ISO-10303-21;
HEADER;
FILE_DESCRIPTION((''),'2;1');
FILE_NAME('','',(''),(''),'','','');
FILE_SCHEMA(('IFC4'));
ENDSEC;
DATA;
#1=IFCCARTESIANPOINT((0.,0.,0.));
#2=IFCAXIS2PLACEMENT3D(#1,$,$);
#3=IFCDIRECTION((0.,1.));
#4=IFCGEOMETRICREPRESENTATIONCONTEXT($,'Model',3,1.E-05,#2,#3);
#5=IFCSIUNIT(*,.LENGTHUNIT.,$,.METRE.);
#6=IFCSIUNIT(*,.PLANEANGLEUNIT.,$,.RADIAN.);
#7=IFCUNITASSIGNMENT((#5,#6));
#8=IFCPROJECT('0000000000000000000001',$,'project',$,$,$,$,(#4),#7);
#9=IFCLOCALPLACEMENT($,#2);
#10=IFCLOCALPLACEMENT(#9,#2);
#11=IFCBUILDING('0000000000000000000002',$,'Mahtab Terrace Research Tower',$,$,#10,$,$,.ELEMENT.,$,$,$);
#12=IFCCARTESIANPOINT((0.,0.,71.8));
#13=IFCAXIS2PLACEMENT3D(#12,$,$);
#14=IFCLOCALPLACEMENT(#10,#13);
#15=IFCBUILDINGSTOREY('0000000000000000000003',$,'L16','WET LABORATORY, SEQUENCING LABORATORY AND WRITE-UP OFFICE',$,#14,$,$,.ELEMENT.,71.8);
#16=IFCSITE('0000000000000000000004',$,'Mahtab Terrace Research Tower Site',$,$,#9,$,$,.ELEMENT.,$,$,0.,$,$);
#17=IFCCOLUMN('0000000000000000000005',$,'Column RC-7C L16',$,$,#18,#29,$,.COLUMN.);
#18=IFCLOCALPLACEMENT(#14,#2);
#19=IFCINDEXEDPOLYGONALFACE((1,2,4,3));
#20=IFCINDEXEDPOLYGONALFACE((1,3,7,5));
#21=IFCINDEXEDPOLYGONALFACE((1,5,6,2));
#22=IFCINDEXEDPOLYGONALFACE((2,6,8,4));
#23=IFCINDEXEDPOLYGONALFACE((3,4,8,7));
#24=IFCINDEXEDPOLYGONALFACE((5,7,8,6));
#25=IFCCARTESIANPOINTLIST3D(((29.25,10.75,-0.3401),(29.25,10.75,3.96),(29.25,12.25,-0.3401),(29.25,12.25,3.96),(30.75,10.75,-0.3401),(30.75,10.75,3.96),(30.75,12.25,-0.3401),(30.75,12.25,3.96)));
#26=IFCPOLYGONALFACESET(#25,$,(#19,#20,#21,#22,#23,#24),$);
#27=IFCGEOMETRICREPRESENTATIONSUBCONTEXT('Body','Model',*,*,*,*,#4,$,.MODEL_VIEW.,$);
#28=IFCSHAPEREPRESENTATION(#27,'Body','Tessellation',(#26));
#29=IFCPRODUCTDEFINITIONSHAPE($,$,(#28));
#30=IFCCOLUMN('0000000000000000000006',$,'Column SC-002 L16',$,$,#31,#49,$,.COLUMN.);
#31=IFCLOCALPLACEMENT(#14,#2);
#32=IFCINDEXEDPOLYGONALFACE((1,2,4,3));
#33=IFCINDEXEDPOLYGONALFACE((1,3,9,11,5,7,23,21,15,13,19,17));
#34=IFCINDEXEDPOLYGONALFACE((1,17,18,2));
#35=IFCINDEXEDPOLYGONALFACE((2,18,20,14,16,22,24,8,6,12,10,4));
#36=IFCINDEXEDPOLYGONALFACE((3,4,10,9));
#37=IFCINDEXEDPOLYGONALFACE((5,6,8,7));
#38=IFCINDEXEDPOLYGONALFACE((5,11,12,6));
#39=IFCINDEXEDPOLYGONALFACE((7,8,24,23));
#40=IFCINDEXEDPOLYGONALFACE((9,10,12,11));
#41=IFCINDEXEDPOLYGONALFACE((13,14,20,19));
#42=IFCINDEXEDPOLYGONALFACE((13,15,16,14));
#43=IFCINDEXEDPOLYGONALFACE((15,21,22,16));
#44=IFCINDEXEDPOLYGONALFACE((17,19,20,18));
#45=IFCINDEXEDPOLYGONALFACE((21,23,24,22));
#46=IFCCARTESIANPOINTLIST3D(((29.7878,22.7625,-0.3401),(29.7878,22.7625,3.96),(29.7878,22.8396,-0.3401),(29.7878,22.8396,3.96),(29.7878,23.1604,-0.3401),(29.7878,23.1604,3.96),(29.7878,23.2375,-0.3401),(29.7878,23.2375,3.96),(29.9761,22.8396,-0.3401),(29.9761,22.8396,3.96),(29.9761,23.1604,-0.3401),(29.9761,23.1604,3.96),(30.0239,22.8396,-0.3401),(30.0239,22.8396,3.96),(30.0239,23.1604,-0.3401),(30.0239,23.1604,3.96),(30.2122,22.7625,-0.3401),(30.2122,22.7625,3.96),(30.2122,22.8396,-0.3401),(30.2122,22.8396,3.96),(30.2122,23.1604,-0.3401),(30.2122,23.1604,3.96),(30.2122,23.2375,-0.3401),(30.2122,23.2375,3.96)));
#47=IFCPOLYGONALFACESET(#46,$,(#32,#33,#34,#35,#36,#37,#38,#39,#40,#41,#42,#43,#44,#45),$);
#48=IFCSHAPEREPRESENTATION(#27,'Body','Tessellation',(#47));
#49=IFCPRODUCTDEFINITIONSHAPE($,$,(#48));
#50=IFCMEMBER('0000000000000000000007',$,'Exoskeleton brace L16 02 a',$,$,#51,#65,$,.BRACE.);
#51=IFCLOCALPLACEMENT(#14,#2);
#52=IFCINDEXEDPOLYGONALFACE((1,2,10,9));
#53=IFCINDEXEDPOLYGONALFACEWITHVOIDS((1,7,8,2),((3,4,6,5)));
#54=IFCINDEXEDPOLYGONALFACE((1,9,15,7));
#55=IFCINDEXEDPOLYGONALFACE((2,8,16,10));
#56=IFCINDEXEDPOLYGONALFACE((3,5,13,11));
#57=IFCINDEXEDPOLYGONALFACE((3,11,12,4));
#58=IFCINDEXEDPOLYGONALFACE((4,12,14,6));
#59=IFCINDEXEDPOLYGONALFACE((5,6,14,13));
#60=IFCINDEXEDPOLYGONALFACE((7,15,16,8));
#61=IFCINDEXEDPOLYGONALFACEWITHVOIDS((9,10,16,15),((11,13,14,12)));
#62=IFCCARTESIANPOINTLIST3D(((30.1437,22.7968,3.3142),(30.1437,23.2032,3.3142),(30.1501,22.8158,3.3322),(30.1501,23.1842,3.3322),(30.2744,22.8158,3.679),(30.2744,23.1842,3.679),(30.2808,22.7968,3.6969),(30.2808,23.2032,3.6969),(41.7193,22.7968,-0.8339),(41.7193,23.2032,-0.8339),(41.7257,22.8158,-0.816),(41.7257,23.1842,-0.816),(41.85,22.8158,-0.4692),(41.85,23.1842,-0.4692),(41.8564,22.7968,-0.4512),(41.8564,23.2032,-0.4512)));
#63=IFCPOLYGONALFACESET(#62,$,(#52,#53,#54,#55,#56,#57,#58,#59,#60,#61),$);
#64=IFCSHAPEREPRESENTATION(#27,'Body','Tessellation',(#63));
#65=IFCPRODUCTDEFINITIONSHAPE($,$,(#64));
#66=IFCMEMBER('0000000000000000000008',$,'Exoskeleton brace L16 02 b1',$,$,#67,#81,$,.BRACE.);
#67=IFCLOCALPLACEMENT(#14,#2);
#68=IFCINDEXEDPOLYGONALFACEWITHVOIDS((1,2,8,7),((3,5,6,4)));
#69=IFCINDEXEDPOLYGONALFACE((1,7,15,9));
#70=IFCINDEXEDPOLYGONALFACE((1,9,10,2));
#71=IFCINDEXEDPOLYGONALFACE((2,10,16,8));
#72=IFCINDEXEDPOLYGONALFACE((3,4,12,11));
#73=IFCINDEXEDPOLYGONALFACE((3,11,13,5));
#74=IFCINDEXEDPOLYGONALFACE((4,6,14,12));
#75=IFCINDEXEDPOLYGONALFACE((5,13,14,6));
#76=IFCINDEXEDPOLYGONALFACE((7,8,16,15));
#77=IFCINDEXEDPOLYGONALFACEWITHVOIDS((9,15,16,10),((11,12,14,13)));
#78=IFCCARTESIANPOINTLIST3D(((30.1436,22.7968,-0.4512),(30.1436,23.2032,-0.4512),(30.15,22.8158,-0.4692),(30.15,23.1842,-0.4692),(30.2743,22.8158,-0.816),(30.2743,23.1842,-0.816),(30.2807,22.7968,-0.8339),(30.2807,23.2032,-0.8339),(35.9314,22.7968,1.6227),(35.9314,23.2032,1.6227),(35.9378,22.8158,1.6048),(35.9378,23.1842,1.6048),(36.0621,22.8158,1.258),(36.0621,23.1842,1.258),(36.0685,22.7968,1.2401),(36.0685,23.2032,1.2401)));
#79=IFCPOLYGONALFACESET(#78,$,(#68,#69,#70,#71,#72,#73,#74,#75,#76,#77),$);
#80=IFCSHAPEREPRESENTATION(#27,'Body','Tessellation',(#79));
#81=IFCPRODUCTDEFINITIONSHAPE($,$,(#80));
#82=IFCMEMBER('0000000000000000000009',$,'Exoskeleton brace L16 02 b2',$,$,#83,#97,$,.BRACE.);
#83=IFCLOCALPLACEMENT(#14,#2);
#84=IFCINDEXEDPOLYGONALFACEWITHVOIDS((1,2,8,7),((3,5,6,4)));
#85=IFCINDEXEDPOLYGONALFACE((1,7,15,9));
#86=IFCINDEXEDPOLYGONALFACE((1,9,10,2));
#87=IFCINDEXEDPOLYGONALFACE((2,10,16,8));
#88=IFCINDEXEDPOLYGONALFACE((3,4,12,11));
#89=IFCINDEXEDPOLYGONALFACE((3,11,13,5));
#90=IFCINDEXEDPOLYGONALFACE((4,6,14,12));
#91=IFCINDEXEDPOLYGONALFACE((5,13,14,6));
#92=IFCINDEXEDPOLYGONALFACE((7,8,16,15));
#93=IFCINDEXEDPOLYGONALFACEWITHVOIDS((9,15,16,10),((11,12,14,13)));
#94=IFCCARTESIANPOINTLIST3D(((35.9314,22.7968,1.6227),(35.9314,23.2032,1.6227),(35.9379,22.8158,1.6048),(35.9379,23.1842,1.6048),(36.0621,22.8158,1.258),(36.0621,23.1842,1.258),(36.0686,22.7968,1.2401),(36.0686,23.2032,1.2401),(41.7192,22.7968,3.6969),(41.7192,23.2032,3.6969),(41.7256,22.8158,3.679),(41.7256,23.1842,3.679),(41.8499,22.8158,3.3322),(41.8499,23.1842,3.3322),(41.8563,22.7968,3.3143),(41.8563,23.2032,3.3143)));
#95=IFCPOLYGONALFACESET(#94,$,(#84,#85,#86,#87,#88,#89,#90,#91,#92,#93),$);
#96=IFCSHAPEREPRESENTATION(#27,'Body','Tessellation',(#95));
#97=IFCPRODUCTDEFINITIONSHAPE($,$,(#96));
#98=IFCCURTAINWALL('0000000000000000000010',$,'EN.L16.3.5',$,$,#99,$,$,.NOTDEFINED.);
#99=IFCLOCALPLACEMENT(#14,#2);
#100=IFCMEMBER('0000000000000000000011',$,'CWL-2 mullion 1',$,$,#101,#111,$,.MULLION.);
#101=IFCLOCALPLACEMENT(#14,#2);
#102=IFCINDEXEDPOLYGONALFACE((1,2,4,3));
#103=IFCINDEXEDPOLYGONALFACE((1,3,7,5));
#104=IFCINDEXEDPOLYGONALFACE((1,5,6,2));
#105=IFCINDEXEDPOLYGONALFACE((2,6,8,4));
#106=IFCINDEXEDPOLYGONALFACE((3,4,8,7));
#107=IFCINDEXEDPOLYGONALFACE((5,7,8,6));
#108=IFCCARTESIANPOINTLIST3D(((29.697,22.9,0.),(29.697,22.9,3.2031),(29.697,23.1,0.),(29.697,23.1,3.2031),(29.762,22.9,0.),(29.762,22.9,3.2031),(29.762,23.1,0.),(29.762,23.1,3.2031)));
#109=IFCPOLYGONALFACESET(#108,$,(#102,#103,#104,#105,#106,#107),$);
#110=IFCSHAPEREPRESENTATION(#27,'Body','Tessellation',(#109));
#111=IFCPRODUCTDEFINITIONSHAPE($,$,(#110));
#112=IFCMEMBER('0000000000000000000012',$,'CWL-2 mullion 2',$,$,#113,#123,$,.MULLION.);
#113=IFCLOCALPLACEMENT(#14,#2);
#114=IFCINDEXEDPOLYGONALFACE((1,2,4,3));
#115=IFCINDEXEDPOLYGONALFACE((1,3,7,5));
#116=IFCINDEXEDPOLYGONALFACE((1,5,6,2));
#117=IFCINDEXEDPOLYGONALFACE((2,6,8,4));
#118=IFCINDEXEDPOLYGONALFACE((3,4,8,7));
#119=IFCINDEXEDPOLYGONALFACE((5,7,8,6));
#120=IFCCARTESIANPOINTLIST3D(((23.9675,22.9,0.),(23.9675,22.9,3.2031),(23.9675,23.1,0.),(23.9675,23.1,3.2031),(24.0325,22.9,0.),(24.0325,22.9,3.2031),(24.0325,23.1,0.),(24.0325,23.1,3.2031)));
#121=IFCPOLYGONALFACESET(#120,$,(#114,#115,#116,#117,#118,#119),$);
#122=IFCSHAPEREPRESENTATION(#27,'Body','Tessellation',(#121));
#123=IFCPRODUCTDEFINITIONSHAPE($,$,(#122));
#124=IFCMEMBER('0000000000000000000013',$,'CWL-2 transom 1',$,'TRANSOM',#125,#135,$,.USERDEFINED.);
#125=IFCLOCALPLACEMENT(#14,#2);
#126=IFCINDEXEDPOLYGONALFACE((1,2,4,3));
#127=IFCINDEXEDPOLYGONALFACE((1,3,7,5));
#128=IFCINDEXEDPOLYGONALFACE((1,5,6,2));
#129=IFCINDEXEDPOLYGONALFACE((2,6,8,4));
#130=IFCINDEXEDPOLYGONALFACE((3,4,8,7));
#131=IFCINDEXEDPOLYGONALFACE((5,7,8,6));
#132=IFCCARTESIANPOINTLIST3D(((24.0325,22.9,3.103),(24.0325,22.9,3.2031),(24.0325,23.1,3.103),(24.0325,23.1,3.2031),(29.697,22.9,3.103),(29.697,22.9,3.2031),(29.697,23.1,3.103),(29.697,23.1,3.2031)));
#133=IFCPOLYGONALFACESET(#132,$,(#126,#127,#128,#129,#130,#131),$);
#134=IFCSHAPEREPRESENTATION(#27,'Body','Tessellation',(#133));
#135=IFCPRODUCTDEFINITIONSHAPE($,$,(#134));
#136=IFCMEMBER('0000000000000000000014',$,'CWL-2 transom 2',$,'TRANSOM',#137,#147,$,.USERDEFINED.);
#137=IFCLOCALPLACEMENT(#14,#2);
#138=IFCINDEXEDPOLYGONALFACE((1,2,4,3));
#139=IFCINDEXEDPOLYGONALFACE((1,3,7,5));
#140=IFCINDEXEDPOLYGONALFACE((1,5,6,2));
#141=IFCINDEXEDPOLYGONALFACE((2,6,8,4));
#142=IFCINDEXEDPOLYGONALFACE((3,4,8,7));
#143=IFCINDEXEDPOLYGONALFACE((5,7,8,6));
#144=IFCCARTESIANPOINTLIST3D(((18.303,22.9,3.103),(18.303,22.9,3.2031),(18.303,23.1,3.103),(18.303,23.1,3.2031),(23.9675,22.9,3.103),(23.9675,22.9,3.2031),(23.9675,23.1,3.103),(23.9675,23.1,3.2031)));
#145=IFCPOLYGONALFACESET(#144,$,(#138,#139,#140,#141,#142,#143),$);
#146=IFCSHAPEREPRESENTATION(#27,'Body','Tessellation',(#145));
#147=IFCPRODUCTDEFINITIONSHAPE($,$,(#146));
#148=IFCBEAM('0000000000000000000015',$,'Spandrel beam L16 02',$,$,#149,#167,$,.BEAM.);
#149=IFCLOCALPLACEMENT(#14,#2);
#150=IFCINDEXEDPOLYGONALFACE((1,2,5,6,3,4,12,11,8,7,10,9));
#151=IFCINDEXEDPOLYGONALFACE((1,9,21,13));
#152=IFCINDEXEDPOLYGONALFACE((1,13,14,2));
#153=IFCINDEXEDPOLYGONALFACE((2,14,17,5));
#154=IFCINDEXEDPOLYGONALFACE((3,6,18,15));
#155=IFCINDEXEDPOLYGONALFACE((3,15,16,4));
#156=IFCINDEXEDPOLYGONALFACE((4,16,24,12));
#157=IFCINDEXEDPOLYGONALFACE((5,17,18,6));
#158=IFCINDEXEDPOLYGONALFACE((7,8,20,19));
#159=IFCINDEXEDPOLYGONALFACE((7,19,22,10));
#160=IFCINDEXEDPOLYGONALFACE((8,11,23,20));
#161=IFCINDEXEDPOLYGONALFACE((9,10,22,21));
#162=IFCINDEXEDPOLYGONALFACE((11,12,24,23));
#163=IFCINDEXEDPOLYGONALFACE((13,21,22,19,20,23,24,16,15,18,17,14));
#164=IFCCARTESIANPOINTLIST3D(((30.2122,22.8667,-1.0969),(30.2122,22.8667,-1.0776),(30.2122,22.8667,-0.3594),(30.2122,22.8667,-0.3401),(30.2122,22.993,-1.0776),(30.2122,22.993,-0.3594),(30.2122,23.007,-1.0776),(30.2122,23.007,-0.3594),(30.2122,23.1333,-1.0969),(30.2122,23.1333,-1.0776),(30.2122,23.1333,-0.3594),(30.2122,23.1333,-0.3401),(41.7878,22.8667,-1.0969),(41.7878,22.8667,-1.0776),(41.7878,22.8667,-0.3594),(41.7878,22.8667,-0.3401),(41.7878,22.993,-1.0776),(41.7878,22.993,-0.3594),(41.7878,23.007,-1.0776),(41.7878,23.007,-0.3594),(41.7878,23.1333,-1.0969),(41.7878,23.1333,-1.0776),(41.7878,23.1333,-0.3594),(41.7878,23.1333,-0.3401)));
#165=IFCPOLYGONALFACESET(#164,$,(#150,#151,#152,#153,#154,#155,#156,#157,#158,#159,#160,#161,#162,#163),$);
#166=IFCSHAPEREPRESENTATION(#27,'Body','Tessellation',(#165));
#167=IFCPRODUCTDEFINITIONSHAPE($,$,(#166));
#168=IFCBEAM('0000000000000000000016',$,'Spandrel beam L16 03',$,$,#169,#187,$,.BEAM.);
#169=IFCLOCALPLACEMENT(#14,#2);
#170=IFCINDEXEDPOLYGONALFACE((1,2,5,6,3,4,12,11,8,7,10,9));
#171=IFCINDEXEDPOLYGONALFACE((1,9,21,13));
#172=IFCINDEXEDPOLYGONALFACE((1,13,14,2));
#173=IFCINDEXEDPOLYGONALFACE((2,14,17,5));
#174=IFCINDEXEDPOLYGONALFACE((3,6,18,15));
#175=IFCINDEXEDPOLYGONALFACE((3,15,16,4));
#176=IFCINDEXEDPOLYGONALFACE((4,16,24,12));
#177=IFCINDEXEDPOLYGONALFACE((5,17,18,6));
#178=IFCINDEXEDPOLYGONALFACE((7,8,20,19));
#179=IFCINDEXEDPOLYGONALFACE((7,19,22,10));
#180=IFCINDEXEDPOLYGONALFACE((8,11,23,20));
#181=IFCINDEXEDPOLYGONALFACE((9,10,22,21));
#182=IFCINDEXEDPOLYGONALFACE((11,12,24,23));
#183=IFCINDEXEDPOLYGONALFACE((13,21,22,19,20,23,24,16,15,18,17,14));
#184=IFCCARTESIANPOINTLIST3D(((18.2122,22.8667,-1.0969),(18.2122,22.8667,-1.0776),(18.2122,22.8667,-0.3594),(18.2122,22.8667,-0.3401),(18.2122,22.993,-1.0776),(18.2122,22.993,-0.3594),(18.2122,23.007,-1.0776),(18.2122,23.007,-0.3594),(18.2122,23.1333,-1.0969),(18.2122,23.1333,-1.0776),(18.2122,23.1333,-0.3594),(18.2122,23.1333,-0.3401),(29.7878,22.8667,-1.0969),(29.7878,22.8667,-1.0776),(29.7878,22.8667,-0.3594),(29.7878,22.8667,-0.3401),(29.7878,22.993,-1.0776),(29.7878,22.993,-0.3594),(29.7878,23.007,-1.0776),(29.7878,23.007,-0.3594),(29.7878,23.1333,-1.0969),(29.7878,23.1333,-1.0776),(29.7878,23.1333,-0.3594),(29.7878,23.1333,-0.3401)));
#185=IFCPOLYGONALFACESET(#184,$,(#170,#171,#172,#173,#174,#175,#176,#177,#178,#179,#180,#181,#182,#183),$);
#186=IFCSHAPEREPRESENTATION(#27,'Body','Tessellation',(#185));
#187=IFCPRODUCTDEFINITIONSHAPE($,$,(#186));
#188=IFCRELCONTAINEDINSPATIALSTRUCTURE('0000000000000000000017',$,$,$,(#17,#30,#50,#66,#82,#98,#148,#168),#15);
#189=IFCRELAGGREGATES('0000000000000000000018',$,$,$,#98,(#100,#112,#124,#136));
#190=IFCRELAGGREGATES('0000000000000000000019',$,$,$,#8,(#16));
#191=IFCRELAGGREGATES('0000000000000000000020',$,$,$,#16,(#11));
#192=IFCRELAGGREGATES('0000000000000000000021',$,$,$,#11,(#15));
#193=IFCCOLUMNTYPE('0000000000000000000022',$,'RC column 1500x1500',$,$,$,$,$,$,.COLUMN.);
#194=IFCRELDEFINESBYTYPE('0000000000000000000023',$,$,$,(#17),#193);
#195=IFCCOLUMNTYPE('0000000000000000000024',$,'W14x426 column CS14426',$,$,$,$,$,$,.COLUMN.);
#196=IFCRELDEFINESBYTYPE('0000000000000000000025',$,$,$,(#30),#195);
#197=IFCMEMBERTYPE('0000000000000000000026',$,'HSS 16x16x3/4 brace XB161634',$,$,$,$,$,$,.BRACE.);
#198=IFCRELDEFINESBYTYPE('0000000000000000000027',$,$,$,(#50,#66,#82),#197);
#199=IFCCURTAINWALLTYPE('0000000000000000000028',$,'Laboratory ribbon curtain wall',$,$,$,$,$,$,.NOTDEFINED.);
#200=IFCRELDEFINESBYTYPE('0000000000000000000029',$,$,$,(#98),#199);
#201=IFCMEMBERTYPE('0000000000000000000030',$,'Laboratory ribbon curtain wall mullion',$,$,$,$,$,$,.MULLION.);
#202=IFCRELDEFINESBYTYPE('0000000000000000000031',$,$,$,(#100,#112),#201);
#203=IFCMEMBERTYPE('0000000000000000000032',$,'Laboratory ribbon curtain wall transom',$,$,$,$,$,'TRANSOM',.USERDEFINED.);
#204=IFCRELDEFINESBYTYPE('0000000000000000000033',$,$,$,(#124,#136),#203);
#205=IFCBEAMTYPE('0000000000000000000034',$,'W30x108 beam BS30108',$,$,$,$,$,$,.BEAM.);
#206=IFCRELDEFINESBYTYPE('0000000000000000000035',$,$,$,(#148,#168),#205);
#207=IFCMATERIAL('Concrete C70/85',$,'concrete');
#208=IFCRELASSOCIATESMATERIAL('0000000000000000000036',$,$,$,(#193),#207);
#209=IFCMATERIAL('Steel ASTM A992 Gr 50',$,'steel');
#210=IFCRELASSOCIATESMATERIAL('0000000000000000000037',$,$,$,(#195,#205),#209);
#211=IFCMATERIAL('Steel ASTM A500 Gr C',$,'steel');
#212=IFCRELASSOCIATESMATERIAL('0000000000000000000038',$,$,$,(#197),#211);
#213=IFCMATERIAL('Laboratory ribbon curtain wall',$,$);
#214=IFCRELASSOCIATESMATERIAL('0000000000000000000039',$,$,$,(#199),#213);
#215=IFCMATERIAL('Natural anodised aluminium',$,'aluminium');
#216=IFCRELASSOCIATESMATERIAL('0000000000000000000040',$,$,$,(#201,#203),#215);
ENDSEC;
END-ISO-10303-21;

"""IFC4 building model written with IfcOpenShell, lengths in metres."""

from ifc_helpers import new_model, si_unit, direction, frame, origin, origin_2d, place, context, subcontext, project, spatial, rectangle, hollow_rectangle, i_section, extrude, material, material_profile, profile_set, type_object, element, aggregate, save


model = new_model("IFC4")

# Units and contexts
model_context = context("Model", 3, precision=1e-05, world=origin(), true_north=direction((0.0, 1.0)))
body_context = subcontext(model_context, "Body", "Model", "MODEL_VIEW")
ifc_project = project(units=[si_unit("LENGTHUNIT", "METRE"), si_unit("PLANEANGLEUNIT", "RADIAN")], contexts=[model_context])

# Site, building, storey
site_placement = place(None, origin())
site = spatial("IfcSite", under=ifc_project, at=site_placement, Name="Mahtab Terrace Research Tower Site", CompositionType="ELEMENT", RefElevation=0.0)
building_placement = place(site_placement, origin())
building = spatial("IfcBuilding", under=site, at=building_placement, Name="Mahtab Terrace Research Tower", CompositionType="ELEMENT")
storey_placement = place(building_placement, frame((0.0, 0.0, 71.8)))
storey = spatial("IfcBuildingStorey", under=building, at=storey_placement, Name="L16", Description="WET LABORATORY, SEQUENCING LABORATORY AND WRITE-UP OFFICE", CompositionType="ELEMENT", Elevation=71.8)

# Columns
ifc_material_1 = material(Name="Concrete C70/85", Category="concrete")
ifc_material_profile_1 = material_profile(ifc_material_1, rectangle(XDim=1.5, YDim=1.5, at=origin_2d()), Name="RC column 1500x1500")
ifc_profile_set_1 = profile_set([ifc_material_profile_1], Name="Concrete C70/85")
column_type_1 = type_object("IfcColumnType", Name="RC column 1500x1500", PredefinedType="COLUMN", material=ifc_profile_set_1)
column_1_placement = place(storey_placement, frame((30.0, 11.5, -0.3401), z_axis=(0.0, 0.0, 1.0), x_axis=(1.0, 0.0, 0.0)))
element("IfcColumn", 1, at=column_1_placement, inside=storey, type_object=column_type_1, Name="Column RC-7C L16", PredefinedType="COLUMN", context=body_context, shape_type="SweptSolid", body=[
    extrude(rectangle(XDim=1.5, YDim=1.5, at=origin_2d()), origin(), (0.0, 0.0, 1.0), 4.3),
])
ifc_material_2 = material(Name="Steel ASTM A992 Gr 50", Category="steel")
ifc_material_profile_2 = material_profile(ifc_material_2, i_section(OverallWidth=0.4243, OverallDepth=0.4751, WebThickness=0.0479, FlangeThickness=0.0771, at=origin_2d()), Name="W14X426")
ifc_profile_set_2 = profile_set([ifc_material_profile_2], Name="Steel ASTM A992 Gr 50")
column_type_2 = type_object("IfcColumnType", Name="W14x426 column CS14426", PredefinedType="COLUMN", material=ifc_profile_set_2)
column_2_placement = place(storey_placement, frame((30.0, 23.0, -0.3401), z_axis=(0.0, 0.0, 1.0), x_axis=(1.0, 0.0, 0.0)))
element("IfcColumn", 2, at=column_2_placement, inside=storey, type_object=column_type_2, Name="Column SC-002 L16", PredefinedType="COLUMN", context=body_context, shape_type="SweptSolid", body=[
    extrude(i_section(OverallWidth=0.4243, OverallDepth=0.4751, WebThickness=0.0479, FlangeThickness=0.0771, at=origin_2d()), origin(), (0.0, 0.0, 1.0), 4.3),
])

# Members
ifc_material_3 = material(Name="Steel ASTM A500 Gr C", Category="steel")
ifc_material_profile_3 = material_profile(ifc_material_3, hollow_rectangle(XDim=0.4065, YDim=0.4065, WallThickness=0.019, at=origin_2d()), Name="HSS16X16X3/4")
ifc_profile_set_3 = profile_set([ifc_material_profile_3], Name="Steel ASTM A500 Gr C")
member_type_1 = type_object("IfcMemberType", Name="HSS 16x16x3/4 brace XB161634", PredefinedType="BRACE", material=ifc_profile_set_3)
member_1_placement = place(storey_placement, frame((41.7878, 23.0, -0.6426), z_axis=(-0.94138, 0.0, 0.337347), x_axis=(0.0, -1.0, 0.0)))
element("IfcMember", 3, at=member_1_placement, inside=storey, type_object=member_type_1, Name="Exoskeleton brace L16 02 a", PredefinedType="BRACE", context=body_context, shape_type="SweptSolid", body=[
    extrude(hollow_rectangle(XDim=0.4065, YDim=0.4065, WallThickness=0.019, at=origin_2d()), origin(), (0.0, 0.0, 1.0), 12.2964),
])
for number, where, z_axis, x_axis, name in (
    (4, (30.2122, 23.0, -0.6426), (0.941387, 0.0, 0.33733), (0.0, 1.0, 0.0), "Exoskeleton brace L16 02 b1"),
    (5, (36.0, 23.0, 1.4314), (0.941374, 0.0, 0.337365), (0.0, 1.0, 0.0), "Exoskeleton brace L16 02 b2"),
):
    element("IfcMember", number, at=place(storey_placement, frame(where, z_axis=z_axis, x_axis=x_axis)), inside=storey, type_object=member_type_1, Name=name, PredefinedType="BRACE", context=body_context, shape_type="SweptSolid", body=[
        extrude(hollow_rectangle(XDim=0.4065, YDim=0.4065, WallThickness=0.019, at=origin_2d()), origin(), (0.0, 0.0, 1.0), 6.1482),
    ])

# Curtain wall, members
ifc_material_4 = material(Name="Laboratory ribbon curtain wall")
curtain_wall_type = type_object("IfcCurtainWallType", Name="Laboratory ribbon curtain wall", PredefinedType="NOTDEFINED", material=ifc_material_4)
curtain_wall_placement = place(storey_placement, origin())
curtain_wall = element("IfcCurtainWall", 6, at=curtain_wall_placement, inside=storey, type_object=curtain_wall_type, Name="EN.L16.3.5", PredefinedType="NOTDEFINED")
ifc_material_5 = material(Name="Natural anodised aluminium", Category="aluminium")
ifc_material_profile_4 = material_profile(ifc_material_5, rectangle(XDim=0.2, YDim=0.0649, at=origin_2d()), Name="MULLION 65x200")
ifc_profile_set_4 = profile_set([ifc_material_profile_4], Name="Natural anodised aluminium")
member_type_2 = type_object("IfcMemberType", Name="Laboratory ribbon curtain wall mullion", PredefinedType="MULLION", material=ifc_profile_set_4)
member_2_placement = place(storey_placement, frame((29.7295, 23.0, 0.0), z_axis=(0.0, 0.0, 1.0), x_axis=(0.0, -1.0, 0.0)))
member_2 = element("IfcMember", 7, at=member_2_placement, type_object=member_type_2, Name="CWL-2 mullion 1", PredefinedType="MULLION", context=body_context, shape_type="SweptSolid", body=[
    extrude(rectangle(XDim=0.2, YDim=0.0649, at=origin_2d()), origin(), (0.0, 0.0, 1.0), 3.2031),
])
member_3_placement = place(storey_placement, frame((24.0, 23.0, 0.0), z_axis=(0.0, 0.0, 1.0), x_axis=(0.0, -1.0, 0.0)))
member_3 = element("IfcMember", 8, at=member_3_placement, type_object=member_type_2, Name="CWL-2 mullion 2", PredefinedType="MULLION", context=body_context, shape_type="SweptSolid", body=[
    extrude(rectangle(XDim=0.2, YDim=0.0649, at=origin_2d()), origin(), (0.0, 0.0, 1.0), 3.2031),
])
ifc_material_profile_5 = material_profile(ifc_material_5, rectangle(XDim=0.2, YDim=0.1001, at=origin_2d()), Name="TRANSOM 100x200")
ifc_profile_set_5 = profile_set([ifc_material_profile_5], Name="Natural anodised aluminium")
member_type_3 = type_object("IfcMemberType", Name="Laboratory ribbon curtain wall transom", ElementType="TRANSOM", PredefinedType="USERDEFINED", material=ifc_profile_set_5)
member_4_placement = place(storey_placement, frame((29.697, 23.0, 3.1531), z_axis=(-1.0, 0.0, 0.0), x_axis=(0.0, -1.0, 0.0)))
member_4 = element("IfcMember", 9, at=member_4_placement, type_object=member_type_3, Name="CWL-2 transom 1", ObjectType="TRANSOM", PredefinedType="USERDEFINED", context=body_context, shape_type="SweptSolid", body=[
    extrude(rectangle(XDim=0.2, YDim=0.1001, at=origin_2d()), origin(), (0.0, 0.0, 1.0), 5.6646),
])
member_5_placement = place(storey_placement, frame((23.9675, 23.0, 3.1531), z_axis=(-1.0, 0.0, 0.0), x_axis=(0.0, -1.0, 0.0)))
member_5 = element("IfcMember", 10, at=member_5_placement, type_object=member_type_3, Name="CWL-2 transom 2", ObjectType="TRANSOM", PredefinedType="USERDEFINED", context=body_context, shape_type="SweptSolid", body=[
    extrude(rectangle(XDim=0.2, YDim=0.1001, at=origin_2d()), origin(), (0.0, 0.0, 1.0), 5.6646),
])

# Beams
ifc_material_profile_6 = material_profile(ifc_material_2, i_section(OverallWidth=0.2666, OverallDepth=0.7568, WebThickness=0.0139, FlangeThickness=0.0193, at=origin_2d()), Name="W30X108")
ifc_profile_set_6 = profile_set([ifc_material_profile_6], Name="Steel ASTM A992 Gr 50")
beam_type = type_object("IfcBeamType", Name="W30x108 beam BS30108", PredefinedType="BEAM", material=ifc_profile_set_6)
for number, where, z_axis, x_axis, name in (
    (11, (41.7878, 23.0, -0.7185), (-1.0, 0.0, 0.0), (0.0, -1.0, 0.0), "Spandrel beam L16 02"),
    (12, (29.7878, 23.0, -0.7185), (-1.0, 0.0, 0.0), (0.0, -1.0, 0.0), "Spandrel beam L16 03"),
):
    element("IfcBeam", number, at=place(storey_placement, frame(where, z_axis=z_axis, x_axis=x_axis)), inside=storey, type_object=beam_type, Name=name, PredefinedType="BEAM", context=body_context, shape_type="SweptSolid", body=[
        extrude(i_section(OverallWidth=0.2666, OverallDepth=0.7568, WebThickness=0.0139, FlangeThickness=0.0193, at=origin_2d()), origin(), (0.0, 0.0, 1.0), 11.5757),
    ])

aggregate(curtain_wall, [member_2, member_3, member_4, member_5])

save(model, "model.ifc")
